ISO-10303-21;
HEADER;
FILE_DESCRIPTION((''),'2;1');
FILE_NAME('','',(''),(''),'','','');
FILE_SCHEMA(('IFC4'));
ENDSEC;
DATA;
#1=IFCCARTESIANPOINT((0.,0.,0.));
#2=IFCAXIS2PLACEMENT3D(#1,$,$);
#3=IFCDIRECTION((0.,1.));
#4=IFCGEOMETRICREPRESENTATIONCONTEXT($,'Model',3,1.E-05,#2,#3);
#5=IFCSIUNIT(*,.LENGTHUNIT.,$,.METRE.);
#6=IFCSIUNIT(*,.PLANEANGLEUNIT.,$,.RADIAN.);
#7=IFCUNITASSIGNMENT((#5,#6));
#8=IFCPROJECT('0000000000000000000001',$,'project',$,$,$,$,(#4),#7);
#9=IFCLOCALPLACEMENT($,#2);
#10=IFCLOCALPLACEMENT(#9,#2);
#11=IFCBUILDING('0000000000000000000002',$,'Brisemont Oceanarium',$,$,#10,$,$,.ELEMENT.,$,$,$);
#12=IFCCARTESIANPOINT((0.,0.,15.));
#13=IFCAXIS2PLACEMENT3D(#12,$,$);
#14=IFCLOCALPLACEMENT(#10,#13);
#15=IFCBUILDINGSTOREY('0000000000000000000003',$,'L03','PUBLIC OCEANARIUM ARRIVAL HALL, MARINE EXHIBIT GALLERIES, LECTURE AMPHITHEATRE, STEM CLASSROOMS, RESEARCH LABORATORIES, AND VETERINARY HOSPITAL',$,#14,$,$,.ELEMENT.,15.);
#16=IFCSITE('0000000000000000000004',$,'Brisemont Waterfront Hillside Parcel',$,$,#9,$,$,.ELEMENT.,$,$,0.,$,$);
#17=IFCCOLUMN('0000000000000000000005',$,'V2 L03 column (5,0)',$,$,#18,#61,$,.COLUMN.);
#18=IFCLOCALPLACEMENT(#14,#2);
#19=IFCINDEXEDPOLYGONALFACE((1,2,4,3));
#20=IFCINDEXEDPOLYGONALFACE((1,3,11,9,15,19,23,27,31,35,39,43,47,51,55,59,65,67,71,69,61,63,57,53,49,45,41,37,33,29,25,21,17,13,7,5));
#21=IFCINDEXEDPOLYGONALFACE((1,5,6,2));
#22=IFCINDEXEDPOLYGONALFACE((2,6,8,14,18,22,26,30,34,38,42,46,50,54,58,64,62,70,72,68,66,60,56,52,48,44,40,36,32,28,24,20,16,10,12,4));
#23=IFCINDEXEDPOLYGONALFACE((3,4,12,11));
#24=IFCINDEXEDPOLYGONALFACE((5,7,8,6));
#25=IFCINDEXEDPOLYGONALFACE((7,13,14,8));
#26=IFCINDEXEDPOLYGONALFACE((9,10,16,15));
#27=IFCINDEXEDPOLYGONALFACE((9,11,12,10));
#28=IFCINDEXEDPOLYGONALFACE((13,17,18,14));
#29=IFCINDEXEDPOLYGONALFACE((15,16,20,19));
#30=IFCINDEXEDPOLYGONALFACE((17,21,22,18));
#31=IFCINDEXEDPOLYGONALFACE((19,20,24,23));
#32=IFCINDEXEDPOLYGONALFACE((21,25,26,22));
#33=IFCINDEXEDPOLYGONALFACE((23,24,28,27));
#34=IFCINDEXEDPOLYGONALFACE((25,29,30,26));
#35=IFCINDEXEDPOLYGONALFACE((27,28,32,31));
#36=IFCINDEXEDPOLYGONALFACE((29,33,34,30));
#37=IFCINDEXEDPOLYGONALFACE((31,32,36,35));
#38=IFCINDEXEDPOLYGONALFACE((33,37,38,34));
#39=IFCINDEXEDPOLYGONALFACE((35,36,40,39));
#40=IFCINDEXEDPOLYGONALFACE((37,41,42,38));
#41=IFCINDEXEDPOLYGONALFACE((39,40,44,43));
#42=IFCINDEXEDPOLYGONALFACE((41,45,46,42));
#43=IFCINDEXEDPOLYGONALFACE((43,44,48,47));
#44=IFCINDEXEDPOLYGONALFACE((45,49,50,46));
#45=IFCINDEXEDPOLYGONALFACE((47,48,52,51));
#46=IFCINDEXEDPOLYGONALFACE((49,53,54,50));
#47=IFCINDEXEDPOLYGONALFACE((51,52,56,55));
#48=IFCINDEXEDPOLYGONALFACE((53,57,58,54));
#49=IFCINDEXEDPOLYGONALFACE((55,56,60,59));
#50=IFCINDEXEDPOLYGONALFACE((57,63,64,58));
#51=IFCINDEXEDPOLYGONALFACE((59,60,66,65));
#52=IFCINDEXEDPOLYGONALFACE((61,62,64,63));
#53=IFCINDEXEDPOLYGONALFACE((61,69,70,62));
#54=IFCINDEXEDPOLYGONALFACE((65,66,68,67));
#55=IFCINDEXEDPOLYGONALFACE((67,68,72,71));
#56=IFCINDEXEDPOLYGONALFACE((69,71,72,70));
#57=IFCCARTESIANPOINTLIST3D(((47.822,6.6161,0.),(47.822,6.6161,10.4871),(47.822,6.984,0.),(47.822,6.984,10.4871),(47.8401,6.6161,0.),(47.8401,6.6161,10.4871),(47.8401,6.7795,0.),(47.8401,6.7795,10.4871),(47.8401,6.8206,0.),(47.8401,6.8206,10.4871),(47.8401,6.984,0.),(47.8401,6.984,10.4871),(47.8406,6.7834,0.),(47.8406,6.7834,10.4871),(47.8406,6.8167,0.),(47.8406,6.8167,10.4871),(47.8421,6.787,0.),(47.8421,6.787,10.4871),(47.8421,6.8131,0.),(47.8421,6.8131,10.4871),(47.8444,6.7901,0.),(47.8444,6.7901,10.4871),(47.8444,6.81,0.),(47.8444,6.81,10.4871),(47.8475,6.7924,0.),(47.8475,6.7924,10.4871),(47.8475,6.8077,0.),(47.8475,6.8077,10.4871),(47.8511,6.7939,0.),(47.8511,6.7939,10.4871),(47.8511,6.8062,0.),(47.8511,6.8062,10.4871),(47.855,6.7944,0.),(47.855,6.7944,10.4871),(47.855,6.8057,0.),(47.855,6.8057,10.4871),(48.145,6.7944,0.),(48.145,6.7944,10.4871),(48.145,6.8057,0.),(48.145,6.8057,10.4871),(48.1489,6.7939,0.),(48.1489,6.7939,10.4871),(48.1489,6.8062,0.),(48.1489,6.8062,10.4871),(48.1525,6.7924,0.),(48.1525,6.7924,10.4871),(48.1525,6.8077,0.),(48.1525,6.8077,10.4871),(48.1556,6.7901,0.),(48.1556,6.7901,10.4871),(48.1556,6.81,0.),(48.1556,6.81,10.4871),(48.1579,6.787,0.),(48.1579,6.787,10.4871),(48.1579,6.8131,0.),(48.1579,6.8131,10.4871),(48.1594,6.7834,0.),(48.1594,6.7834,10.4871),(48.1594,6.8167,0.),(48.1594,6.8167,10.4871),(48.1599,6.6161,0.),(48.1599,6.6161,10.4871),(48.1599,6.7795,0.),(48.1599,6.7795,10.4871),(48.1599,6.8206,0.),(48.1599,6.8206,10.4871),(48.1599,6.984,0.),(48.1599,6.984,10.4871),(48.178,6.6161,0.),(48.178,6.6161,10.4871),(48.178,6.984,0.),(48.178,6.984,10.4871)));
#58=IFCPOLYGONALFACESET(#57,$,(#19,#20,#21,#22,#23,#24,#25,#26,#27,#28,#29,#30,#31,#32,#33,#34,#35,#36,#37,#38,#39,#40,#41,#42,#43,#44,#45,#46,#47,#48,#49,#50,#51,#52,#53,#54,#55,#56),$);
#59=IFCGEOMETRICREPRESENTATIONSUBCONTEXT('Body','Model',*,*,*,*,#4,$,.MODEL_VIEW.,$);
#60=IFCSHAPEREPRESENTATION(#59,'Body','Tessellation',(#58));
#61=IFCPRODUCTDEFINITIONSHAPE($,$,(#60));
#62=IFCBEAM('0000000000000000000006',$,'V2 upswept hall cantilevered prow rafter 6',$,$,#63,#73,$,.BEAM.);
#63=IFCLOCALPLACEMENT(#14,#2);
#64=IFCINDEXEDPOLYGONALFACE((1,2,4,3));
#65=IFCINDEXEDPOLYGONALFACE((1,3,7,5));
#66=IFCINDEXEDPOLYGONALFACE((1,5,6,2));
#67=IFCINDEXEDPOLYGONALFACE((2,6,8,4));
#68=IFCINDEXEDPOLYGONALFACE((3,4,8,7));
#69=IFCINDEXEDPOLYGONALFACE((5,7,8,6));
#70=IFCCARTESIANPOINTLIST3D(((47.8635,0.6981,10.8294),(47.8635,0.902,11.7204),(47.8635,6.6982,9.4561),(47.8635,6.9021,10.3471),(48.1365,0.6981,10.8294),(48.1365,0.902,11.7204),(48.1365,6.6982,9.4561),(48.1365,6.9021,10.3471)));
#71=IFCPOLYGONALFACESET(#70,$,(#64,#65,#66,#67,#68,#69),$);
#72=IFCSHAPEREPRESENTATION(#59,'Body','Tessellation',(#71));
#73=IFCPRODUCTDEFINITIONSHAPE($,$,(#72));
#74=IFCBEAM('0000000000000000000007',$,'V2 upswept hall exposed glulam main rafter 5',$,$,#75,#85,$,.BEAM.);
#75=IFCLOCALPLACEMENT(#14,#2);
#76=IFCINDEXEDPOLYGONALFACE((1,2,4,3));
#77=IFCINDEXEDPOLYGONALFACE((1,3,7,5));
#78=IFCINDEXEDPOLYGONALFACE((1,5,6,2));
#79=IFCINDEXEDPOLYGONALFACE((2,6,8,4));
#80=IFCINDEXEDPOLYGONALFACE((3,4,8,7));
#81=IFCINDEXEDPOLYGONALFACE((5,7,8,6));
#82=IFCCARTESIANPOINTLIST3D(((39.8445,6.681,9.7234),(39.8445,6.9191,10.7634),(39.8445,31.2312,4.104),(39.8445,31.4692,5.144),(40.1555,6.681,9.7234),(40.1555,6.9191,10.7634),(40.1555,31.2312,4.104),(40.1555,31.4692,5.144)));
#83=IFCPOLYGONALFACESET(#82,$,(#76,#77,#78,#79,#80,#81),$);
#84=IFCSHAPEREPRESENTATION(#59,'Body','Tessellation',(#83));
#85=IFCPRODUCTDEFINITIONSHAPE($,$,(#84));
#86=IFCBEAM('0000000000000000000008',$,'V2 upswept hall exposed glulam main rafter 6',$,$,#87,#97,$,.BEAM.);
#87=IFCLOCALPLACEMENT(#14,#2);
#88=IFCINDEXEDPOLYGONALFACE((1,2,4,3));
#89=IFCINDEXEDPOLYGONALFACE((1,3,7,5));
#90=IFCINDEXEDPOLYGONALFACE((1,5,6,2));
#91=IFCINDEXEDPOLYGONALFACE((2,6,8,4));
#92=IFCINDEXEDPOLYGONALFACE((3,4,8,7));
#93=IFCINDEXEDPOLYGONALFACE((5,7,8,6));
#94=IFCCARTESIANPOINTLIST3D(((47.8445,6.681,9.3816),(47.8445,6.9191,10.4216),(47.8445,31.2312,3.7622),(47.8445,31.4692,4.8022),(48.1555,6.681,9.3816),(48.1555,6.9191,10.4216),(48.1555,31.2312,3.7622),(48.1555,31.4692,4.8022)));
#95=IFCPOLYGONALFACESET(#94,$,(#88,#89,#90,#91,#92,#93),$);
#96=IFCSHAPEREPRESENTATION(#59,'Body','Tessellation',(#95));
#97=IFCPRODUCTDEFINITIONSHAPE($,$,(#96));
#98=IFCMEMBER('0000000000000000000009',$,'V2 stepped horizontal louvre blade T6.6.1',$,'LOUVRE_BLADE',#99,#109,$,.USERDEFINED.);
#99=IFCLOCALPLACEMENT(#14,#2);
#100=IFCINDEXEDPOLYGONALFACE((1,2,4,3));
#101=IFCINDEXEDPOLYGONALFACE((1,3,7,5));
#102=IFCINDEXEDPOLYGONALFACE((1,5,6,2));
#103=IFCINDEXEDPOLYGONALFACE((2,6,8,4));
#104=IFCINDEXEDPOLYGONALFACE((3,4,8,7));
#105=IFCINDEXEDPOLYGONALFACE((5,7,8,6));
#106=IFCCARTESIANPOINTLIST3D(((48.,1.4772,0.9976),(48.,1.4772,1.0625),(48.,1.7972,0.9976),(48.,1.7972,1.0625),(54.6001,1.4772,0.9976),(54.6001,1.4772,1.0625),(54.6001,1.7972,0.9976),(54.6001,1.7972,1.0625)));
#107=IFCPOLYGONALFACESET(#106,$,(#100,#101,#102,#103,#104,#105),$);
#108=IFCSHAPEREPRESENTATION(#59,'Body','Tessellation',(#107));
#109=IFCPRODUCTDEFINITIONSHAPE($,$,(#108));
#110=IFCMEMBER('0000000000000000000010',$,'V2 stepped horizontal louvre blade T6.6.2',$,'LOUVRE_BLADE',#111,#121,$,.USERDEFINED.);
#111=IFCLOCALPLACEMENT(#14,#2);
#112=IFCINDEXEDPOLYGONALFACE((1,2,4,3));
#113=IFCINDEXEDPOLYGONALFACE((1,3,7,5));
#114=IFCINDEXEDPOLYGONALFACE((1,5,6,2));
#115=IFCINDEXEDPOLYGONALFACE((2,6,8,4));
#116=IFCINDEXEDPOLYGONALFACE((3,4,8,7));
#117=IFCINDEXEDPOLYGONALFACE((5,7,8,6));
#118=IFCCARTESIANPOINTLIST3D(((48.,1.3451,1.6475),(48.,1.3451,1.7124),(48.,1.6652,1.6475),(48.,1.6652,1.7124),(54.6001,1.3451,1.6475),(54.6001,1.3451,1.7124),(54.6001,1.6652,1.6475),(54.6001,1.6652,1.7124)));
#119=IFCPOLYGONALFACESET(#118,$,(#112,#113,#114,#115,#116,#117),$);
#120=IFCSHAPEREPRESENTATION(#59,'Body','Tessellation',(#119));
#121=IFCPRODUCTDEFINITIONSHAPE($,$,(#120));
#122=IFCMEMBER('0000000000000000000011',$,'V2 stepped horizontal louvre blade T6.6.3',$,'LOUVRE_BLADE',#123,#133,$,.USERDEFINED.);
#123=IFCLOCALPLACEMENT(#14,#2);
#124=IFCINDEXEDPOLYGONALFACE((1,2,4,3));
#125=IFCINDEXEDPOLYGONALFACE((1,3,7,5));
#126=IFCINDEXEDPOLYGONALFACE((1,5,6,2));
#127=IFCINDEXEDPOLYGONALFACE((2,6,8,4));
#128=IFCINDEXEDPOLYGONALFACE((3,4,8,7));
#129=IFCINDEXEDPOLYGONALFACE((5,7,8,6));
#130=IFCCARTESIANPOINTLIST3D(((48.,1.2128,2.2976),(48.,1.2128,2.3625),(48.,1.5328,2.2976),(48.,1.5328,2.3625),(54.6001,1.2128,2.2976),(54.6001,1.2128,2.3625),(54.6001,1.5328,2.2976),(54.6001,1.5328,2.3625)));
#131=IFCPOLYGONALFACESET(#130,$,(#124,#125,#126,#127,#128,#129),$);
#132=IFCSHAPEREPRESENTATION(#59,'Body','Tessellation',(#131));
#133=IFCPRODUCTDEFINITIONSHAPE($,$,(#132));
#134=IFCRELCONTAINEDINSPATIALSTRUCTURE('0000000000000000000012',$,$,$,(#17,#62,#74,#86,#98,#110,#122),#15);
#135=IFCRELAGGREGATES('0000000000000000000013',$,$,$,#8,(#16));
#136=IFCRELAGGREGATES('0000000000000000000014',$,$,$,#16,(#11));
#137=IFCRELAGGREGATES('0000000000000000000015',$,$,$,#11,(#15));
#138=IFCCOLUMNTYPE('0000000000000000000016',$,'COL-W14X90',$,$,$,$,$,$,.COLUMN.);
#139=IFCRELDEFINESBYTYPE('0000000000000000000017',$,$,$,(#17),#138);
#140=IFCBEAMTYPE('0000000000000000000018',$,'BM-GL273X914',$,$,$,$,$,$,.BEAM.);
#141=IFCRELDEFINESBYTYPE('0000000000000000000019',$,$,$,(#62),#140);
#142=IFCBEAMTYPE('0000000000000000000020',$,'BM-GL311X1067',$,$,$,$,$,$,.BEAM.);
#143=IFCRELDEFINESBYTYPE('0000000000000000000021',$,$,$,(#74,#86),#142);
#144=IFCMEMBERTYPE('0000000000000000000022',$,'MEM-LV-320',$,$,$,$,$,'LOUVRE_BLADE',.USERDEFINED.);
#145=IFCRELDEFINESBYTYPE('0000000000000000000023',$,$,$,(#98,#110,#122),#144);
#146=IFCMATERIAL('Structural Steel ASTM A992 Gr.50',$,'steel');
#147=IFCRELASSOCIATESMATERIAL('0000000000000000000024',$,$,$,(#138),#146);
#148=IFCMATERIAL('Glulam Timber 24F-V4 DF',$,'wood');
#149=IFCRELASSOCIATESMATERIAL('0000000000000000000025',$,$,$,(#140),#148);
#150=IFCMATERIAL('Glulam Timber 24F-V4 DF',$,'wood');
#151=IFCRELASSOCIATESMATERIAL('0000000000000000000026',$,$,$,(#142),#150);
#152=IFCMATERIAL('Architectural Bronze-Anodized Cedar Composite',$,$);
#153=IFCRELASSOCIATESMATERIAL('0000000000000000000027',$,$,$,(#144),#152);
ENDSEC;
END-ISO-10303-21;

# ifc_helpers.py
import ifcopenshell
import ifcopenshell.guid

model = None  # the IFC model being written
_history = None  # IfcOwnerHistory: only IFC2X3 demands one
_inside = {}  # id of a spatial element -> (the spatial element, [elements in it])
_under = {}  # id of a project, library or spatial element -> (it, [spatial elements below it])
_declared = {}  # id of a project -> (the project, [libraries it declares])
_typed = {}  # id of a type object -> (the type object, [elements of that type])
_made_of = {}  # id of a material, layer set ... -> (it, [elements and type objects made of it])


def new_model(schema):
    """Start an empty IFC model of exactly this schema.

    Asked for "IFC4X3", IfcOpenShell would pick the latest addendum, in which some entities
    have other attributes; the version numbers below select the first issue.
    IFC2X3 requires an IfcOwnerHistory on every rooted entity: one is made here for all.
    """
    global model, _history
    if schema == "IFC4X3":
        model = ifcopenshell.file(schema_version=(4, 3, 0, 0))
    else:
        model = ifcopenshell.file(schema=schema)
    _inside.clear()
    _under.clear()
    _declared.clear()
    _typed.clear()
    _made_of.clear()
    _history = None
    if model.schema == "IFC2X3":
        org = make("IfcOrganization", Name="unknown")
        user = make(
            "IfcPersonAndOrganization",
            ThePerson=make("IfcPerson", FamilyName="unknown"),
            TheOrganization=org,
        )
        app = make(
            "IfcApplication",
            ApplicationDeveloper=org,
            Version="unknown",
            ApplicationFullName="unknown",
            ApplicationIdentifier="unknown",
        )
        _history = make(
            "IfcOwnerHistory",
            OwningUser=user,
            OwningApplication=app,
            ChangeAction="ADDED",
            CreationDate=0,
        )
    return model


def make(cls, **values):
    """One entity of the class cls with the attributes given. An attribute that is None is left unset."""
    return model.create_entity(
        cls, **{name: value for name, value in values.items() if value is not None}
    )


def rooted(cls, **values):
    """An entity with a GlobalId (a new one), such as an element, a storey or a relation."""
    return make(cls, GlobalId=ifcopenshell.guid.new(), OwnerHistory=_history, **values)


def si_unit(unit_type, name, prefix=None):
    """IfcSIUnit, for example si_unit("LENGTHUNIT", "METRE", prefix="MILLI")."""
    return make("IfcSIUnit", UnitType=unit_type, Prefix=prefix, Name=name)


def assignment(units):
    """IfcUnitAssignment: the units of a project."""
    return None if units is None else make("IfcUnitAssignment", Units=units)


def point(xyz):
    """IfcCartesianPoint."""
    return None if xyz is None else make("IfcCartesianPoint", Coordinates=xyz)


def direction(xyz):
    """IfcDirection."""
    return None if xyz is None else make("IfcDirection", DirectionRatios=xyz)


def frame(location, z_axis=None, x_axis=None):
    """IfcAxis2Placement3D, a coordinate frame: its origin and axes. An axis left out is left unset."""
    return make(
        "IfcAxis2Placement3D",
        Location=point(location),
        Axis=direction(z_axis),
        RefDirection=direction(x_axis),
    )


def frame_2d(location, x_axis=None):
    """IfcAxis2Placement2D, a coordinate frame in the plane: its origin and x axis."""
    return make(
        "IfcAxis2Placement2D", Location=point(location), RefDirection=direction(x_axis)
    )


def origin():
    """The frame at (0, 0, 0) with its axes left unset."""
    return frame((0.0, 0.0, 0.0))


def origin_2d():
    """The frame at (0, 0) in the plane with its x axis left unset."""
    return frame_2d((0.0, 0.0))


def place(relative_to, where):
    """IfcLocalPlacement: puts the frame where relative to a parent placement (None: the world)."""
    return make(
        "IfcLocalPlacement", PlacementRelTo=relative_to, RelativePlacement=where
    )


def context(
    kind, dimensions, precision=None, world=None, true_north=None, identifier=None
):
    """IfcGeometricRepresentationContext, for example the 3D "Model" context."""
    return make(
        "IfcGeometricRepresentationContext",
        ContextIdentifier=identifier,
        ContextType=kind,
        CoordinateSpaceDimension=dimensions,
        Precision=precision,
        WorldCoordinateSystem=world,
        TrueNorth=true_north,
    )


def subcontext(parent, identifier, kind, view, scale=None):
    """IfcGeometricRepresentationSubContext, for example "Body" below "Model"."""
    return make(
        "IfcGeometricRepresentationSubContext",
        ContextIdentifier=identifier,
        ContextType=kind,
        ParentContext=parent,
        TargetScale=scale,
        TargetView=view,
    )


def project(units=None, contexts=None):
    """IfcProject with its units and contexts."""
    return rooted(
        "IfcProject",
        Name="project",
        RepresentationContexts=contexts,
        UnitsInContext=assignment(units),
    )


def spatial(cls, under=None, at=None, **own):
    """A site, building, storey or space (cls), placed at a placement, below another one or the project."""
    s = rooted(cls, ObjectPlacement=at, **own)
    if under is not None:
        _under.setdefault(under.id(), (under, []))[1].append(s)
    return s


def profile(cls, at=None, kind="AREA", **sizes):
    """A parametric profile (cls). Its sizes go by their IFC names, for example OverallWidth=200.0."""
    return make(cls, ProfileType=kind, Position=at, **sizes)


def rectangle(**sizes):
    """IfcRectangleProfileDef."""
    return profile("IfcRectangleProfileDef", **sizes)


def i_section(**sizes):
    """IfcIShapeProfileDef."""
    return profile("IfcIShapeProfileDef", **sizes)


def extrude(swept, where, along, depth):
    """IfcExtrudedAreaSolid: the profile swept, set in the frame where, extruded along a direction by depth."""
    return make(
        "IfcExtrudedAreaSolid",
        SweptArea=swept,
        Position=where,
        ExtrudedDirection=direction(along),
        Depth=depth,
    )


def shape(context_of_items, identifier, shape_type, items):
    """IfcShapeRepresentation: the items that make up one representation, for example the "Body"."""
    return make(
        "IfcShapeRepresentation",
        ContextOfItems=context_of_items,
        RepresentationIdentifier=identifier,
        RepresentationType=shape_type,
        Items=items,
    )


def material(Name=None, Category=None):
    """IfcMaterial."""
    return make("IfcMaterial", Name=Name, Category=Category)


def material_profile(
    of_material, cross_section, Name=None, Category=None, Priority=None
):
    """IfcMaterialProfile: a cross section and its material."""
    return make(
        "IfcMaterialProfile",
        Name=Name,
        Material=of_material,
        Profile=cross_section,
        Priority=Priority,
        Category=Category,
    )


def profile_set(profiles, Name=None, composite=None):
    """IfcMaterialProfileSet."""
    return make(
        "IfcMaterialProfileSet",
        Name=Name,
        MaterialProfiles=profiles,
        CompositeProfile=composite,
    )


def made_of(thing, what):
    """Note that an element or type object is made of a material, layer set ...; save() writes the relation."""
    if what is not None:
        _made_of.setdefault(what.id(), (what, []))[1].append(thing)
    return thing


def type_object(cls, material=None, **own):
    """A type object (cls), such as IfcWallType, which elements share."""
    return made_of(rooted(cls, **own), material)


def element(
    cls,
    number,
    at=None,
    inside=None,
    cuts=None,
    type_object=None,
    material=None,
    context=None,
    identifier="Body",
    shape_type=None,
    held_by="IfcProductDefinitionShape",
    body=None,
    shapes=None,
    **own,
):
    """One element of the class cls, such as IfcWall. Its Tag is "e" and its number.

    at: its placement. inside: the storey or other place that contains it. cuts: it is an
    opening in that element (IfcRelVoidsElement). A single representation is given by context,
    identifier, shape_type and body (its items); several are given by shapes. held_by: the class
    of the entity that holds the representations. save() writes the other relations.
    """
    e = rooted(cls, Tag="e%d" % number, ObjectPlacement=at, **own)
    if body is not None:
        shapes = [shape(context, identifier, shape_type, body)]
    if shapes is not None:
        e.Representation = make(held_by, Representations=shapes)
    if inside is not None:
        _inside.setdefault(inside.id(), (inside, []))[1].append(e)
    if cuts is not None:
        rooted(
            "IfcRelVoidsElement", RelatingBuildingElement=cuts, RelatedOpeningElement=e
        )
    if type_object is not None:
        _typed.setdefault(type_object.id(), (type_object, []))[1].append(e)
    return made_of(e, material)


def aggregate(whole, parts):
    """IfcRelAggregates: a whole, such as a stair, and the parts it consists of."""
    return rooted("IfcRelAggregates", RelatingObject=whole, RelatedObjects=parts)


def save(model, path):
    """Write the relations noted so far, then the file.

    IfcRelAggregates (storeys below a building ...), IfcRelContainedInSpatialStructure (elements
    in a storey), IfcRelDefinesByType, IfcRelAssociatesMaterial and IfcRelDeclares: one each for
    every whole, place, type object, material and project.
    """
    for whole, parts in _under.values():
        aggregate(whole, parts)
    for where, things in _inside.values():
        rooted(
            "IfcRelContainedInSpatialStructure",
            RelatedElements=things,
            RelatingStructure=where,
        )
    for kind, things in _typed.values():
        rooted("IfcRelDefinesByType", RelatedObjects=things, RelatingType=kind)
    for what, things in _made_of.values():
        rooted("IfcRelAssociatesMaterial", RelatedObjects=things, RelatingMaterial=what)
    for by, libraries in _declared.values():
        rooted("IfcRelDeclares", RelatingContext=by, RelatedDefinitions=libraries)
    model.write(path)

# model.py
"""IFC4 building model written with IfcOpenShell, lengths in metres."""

from ifc_helpers import new_model, si_unit, direction, frame, origin, origin_2d, place, context, subcontext, project, spatial, rectangle, i_section, extrude, material, material_profile, profile_set, type_object, element, save


model = new_model("IFC4")

# Units and contexts
model_context = context("Model", 3, precision=1e-05, world=origin(), true_north=direction((0.0, 1.0)))
body_context = subcontext(model_context, "Body", "Model", "MODEL_VIEW")
ifc_project = project(units=[si_unit("LENGTHUNIT", "METRE"), si_unit("PLANEANGLEUNIT", "RADIAN")], contexts=[model_context])

# Site, building, storey
site_placement = place(None, origin())
site = spatial("IfcSite", under=ifc_project, at=site_placement, Name="Brisemont Waterfront Hillside Parcel", CompositionType="ELEMENT", RefElevation=0.0)
building_placement = place(site_placement, origin())
building = spatial("IfcBuilding", under=site, at=building_placement, Name="Brisemont Oceanarium", CompositionType="ELEMENT")
storey_placement = place(building_placement, frame((0.0, 0.0, 15.0)))
storey = spatial("IfcBuildingStorey", under=building, at=storey_placement, Name="L03", Description="PUBLIC OCEANARIUM ARRIVAL HALL, MARINE EXHIBIT GALLERIES, LECTURE AMPHITHEATRE, STEM CLASSROOMS, RESEARCH LABORATORIES, AND VETERINARY HOSPITAL", CompositionType="ELEMENT", Elevation=15.0)

# Column
ifc_material_1 = material(Name="Structural Steel ASTM A992 Gr.50", Category="steel")
ifc_material_profile_1 = material_profile(ifc_material_1, i_section(OverallWidth=0.3679, OverallDepth=0.356, WebThickness=0.0112, FlangeThickness=0.0181, FilletRadius=0.0149, at=origin_2d()), Name="W14X90")
ifc_profile_set_1 = profile_set([ifc_material_profile_1], Name="Structural Steel ASTM A992 Gr.50")
column_type = type_object("IfcColumnType", Name="COL-W14X90", PredefinedType="COLUMN", material=ifc_profile_set_1)
column_placement = place(storey_placement, frame((48.0, 6.8, 0.0), z_axis=(0.0, 0.0, 1.0), x_axis=(0.0, 1.0, 0.0)))
element("IfcColumn", 1, at=column_placement, inside=storey, type_object=column_type, Name="V2 L03 column (5,0)", PredefinedType="COLUMN", context=body_context, shape_type="SweptSolid", body=[
    extrude(i_section(OverallWidth=0.3679, OverallDepth=0.356, WebThickness=0.0112, FlangeThickness=0.0181, FilletRadius=0.0149, at=origin_2d()), origin(), (0.0, 0.0, 1.0), 10.4871),
])

# Beams
ifc_material_2 = material(Name="Glulam Timber 24F-V4 DF", Category="wood")
ifc_material_profile_2 = material_profile(ifc_material_2, rectangle(XDim=0.2729, YDim=0.9141, at=origin_2d()), Name="GL-273X914")
ifc_profile_set_2 = profile_set([ifc_material_profile_2], Name="Glulam Timber 24F-V4 DF")
beam_type_1 = type_object("IfcBeamType", Name="BM-GL273X914", PredefinedType="BEAM", material=ifc_profile_set_2)
beam_placement = place(storey_placement, frame((48.0, 0.8, 11.2749), z_axis=(0.0, 0.974793, -0.223112), x_axis=(-1.0, 0.0, 0.0)))
element("IfcBeam", 2, at=beam_placement, inside=storey, type_object=beam_type_1, Name="V2 upswept hall cantilevered prow rafter 6", PredefinedType="BEAM", context=body_context, shape_type="SweptSolid", body=[
    extrude(rectangle(XDim=0.2729, YDim=0.9141, at=origin_2d()), origin(), (0.0, 0.0, 1.0), 6.1553),
])
ifc_material_3 = material(Name="Glulam Timber 24F-V4 DF", Category="wood")
ifc_material_profile_3 = material_profile(ifc_material_3, rectangle(XDim=0.311, YDim=1.0669, at=origin_2d()), Name="GL-311X1067")
ifc_profile_set_3 = profile_set([ifc_material_profile_3], Name="Glulam Timber 24F-V4 DF")
beam_type_2 = type_object("IfcBeamType", Name="BM-GL311X1067", PredefinedType="BEAM", material=ifc_profile_set_3)
for number, where, z_axis, x_axis, name in (
    (3, (40.0, 6.8, 10.2434), (0.0, 0.97479, -0.223125), (-1.0, 0.0, 0.0), "V2 upswept hall exposed glulam main rafter 5"),
    (4, (48.0, 6.8, 9.9016), (0.0, 0.97479, -0.223125), (-1.0, 0.0, 0.0), "V2 upswept hall exposed glulam main rafter 6"),
):
    element("IfcBeam", number, at=place(storey_placement, frame(where, z_axis=z_axis, x_axis=x_axis)), inside=storey, type_object=beam_type_2, Name=name, PredefinedType="BEAM", context=body_context, shape_type="SweptSolid", body=[
        extrude(rectangle(XDim=0.311, YDim=1.0669, at=origin_2d()), origin(), (0.0, 0.0, 1.0), 25.1851),
    ])

# Members
ifc_material_4 = material(Name="Architectural Bronze-Anodized Cedar Composite")
ifc_material_profile_4 = material_profile(ifc_material_4, rectangle(XDim=0.3201, YDim=0.0649, at=origin_2d()), Name="LOUVRE-320X65")
ifc_profile_set_4 = profile_set([ifc_material_profile_4], Name="Architectural Bronze-Anodized Cedar Composite")
member_type_1 = type_object("IfcMemberType", Name="MEM-LV-320", ElementType="LOUVRE_BLADE", PredefinedType="USERDEFINED", material=ifc_profile_set_4)
for number, where, z_axis, x_axis, name in (
    (5, (48.0, 1.6372, 1.03), (1.0, 0.0, 0.0), (0.0, 1.0, 0.0), "V2 stepped horizontal louvre blade T6.6.1"),
    (6, (48.0, 1.5051, 1.6799), (1.0, 0.0, 0.0), (0.0, 1.0, 0.0), "V2 stepped horizontal louvre blade T6.6.2"),
    (7, (48.0, 1.3728, 2.3301), (1.0, 0.0, 0.0), (0.0, 1.0, 0.0), "V2 stepped horizontal louvre blade T6.6.3"),
):
    element("IfcMember", number, at=place(storey_placement, frame(where, z_axis=z_axis, x_axis=x_axis)), inside=storey, type_object=member_type_1, Name=name, ObjectType="LOUVRE_BLADE", PredefinedType="USERDEFINED", context=body_context, shape_type="SweptSolid", body=[
        extrude(rectangle(XDim=0.3201, YDim=0.0649, at=origin_2d()), origin(), (0.0, 0.0, 1.0), 6.6001),
    ])

save(model, "model.ifc")
